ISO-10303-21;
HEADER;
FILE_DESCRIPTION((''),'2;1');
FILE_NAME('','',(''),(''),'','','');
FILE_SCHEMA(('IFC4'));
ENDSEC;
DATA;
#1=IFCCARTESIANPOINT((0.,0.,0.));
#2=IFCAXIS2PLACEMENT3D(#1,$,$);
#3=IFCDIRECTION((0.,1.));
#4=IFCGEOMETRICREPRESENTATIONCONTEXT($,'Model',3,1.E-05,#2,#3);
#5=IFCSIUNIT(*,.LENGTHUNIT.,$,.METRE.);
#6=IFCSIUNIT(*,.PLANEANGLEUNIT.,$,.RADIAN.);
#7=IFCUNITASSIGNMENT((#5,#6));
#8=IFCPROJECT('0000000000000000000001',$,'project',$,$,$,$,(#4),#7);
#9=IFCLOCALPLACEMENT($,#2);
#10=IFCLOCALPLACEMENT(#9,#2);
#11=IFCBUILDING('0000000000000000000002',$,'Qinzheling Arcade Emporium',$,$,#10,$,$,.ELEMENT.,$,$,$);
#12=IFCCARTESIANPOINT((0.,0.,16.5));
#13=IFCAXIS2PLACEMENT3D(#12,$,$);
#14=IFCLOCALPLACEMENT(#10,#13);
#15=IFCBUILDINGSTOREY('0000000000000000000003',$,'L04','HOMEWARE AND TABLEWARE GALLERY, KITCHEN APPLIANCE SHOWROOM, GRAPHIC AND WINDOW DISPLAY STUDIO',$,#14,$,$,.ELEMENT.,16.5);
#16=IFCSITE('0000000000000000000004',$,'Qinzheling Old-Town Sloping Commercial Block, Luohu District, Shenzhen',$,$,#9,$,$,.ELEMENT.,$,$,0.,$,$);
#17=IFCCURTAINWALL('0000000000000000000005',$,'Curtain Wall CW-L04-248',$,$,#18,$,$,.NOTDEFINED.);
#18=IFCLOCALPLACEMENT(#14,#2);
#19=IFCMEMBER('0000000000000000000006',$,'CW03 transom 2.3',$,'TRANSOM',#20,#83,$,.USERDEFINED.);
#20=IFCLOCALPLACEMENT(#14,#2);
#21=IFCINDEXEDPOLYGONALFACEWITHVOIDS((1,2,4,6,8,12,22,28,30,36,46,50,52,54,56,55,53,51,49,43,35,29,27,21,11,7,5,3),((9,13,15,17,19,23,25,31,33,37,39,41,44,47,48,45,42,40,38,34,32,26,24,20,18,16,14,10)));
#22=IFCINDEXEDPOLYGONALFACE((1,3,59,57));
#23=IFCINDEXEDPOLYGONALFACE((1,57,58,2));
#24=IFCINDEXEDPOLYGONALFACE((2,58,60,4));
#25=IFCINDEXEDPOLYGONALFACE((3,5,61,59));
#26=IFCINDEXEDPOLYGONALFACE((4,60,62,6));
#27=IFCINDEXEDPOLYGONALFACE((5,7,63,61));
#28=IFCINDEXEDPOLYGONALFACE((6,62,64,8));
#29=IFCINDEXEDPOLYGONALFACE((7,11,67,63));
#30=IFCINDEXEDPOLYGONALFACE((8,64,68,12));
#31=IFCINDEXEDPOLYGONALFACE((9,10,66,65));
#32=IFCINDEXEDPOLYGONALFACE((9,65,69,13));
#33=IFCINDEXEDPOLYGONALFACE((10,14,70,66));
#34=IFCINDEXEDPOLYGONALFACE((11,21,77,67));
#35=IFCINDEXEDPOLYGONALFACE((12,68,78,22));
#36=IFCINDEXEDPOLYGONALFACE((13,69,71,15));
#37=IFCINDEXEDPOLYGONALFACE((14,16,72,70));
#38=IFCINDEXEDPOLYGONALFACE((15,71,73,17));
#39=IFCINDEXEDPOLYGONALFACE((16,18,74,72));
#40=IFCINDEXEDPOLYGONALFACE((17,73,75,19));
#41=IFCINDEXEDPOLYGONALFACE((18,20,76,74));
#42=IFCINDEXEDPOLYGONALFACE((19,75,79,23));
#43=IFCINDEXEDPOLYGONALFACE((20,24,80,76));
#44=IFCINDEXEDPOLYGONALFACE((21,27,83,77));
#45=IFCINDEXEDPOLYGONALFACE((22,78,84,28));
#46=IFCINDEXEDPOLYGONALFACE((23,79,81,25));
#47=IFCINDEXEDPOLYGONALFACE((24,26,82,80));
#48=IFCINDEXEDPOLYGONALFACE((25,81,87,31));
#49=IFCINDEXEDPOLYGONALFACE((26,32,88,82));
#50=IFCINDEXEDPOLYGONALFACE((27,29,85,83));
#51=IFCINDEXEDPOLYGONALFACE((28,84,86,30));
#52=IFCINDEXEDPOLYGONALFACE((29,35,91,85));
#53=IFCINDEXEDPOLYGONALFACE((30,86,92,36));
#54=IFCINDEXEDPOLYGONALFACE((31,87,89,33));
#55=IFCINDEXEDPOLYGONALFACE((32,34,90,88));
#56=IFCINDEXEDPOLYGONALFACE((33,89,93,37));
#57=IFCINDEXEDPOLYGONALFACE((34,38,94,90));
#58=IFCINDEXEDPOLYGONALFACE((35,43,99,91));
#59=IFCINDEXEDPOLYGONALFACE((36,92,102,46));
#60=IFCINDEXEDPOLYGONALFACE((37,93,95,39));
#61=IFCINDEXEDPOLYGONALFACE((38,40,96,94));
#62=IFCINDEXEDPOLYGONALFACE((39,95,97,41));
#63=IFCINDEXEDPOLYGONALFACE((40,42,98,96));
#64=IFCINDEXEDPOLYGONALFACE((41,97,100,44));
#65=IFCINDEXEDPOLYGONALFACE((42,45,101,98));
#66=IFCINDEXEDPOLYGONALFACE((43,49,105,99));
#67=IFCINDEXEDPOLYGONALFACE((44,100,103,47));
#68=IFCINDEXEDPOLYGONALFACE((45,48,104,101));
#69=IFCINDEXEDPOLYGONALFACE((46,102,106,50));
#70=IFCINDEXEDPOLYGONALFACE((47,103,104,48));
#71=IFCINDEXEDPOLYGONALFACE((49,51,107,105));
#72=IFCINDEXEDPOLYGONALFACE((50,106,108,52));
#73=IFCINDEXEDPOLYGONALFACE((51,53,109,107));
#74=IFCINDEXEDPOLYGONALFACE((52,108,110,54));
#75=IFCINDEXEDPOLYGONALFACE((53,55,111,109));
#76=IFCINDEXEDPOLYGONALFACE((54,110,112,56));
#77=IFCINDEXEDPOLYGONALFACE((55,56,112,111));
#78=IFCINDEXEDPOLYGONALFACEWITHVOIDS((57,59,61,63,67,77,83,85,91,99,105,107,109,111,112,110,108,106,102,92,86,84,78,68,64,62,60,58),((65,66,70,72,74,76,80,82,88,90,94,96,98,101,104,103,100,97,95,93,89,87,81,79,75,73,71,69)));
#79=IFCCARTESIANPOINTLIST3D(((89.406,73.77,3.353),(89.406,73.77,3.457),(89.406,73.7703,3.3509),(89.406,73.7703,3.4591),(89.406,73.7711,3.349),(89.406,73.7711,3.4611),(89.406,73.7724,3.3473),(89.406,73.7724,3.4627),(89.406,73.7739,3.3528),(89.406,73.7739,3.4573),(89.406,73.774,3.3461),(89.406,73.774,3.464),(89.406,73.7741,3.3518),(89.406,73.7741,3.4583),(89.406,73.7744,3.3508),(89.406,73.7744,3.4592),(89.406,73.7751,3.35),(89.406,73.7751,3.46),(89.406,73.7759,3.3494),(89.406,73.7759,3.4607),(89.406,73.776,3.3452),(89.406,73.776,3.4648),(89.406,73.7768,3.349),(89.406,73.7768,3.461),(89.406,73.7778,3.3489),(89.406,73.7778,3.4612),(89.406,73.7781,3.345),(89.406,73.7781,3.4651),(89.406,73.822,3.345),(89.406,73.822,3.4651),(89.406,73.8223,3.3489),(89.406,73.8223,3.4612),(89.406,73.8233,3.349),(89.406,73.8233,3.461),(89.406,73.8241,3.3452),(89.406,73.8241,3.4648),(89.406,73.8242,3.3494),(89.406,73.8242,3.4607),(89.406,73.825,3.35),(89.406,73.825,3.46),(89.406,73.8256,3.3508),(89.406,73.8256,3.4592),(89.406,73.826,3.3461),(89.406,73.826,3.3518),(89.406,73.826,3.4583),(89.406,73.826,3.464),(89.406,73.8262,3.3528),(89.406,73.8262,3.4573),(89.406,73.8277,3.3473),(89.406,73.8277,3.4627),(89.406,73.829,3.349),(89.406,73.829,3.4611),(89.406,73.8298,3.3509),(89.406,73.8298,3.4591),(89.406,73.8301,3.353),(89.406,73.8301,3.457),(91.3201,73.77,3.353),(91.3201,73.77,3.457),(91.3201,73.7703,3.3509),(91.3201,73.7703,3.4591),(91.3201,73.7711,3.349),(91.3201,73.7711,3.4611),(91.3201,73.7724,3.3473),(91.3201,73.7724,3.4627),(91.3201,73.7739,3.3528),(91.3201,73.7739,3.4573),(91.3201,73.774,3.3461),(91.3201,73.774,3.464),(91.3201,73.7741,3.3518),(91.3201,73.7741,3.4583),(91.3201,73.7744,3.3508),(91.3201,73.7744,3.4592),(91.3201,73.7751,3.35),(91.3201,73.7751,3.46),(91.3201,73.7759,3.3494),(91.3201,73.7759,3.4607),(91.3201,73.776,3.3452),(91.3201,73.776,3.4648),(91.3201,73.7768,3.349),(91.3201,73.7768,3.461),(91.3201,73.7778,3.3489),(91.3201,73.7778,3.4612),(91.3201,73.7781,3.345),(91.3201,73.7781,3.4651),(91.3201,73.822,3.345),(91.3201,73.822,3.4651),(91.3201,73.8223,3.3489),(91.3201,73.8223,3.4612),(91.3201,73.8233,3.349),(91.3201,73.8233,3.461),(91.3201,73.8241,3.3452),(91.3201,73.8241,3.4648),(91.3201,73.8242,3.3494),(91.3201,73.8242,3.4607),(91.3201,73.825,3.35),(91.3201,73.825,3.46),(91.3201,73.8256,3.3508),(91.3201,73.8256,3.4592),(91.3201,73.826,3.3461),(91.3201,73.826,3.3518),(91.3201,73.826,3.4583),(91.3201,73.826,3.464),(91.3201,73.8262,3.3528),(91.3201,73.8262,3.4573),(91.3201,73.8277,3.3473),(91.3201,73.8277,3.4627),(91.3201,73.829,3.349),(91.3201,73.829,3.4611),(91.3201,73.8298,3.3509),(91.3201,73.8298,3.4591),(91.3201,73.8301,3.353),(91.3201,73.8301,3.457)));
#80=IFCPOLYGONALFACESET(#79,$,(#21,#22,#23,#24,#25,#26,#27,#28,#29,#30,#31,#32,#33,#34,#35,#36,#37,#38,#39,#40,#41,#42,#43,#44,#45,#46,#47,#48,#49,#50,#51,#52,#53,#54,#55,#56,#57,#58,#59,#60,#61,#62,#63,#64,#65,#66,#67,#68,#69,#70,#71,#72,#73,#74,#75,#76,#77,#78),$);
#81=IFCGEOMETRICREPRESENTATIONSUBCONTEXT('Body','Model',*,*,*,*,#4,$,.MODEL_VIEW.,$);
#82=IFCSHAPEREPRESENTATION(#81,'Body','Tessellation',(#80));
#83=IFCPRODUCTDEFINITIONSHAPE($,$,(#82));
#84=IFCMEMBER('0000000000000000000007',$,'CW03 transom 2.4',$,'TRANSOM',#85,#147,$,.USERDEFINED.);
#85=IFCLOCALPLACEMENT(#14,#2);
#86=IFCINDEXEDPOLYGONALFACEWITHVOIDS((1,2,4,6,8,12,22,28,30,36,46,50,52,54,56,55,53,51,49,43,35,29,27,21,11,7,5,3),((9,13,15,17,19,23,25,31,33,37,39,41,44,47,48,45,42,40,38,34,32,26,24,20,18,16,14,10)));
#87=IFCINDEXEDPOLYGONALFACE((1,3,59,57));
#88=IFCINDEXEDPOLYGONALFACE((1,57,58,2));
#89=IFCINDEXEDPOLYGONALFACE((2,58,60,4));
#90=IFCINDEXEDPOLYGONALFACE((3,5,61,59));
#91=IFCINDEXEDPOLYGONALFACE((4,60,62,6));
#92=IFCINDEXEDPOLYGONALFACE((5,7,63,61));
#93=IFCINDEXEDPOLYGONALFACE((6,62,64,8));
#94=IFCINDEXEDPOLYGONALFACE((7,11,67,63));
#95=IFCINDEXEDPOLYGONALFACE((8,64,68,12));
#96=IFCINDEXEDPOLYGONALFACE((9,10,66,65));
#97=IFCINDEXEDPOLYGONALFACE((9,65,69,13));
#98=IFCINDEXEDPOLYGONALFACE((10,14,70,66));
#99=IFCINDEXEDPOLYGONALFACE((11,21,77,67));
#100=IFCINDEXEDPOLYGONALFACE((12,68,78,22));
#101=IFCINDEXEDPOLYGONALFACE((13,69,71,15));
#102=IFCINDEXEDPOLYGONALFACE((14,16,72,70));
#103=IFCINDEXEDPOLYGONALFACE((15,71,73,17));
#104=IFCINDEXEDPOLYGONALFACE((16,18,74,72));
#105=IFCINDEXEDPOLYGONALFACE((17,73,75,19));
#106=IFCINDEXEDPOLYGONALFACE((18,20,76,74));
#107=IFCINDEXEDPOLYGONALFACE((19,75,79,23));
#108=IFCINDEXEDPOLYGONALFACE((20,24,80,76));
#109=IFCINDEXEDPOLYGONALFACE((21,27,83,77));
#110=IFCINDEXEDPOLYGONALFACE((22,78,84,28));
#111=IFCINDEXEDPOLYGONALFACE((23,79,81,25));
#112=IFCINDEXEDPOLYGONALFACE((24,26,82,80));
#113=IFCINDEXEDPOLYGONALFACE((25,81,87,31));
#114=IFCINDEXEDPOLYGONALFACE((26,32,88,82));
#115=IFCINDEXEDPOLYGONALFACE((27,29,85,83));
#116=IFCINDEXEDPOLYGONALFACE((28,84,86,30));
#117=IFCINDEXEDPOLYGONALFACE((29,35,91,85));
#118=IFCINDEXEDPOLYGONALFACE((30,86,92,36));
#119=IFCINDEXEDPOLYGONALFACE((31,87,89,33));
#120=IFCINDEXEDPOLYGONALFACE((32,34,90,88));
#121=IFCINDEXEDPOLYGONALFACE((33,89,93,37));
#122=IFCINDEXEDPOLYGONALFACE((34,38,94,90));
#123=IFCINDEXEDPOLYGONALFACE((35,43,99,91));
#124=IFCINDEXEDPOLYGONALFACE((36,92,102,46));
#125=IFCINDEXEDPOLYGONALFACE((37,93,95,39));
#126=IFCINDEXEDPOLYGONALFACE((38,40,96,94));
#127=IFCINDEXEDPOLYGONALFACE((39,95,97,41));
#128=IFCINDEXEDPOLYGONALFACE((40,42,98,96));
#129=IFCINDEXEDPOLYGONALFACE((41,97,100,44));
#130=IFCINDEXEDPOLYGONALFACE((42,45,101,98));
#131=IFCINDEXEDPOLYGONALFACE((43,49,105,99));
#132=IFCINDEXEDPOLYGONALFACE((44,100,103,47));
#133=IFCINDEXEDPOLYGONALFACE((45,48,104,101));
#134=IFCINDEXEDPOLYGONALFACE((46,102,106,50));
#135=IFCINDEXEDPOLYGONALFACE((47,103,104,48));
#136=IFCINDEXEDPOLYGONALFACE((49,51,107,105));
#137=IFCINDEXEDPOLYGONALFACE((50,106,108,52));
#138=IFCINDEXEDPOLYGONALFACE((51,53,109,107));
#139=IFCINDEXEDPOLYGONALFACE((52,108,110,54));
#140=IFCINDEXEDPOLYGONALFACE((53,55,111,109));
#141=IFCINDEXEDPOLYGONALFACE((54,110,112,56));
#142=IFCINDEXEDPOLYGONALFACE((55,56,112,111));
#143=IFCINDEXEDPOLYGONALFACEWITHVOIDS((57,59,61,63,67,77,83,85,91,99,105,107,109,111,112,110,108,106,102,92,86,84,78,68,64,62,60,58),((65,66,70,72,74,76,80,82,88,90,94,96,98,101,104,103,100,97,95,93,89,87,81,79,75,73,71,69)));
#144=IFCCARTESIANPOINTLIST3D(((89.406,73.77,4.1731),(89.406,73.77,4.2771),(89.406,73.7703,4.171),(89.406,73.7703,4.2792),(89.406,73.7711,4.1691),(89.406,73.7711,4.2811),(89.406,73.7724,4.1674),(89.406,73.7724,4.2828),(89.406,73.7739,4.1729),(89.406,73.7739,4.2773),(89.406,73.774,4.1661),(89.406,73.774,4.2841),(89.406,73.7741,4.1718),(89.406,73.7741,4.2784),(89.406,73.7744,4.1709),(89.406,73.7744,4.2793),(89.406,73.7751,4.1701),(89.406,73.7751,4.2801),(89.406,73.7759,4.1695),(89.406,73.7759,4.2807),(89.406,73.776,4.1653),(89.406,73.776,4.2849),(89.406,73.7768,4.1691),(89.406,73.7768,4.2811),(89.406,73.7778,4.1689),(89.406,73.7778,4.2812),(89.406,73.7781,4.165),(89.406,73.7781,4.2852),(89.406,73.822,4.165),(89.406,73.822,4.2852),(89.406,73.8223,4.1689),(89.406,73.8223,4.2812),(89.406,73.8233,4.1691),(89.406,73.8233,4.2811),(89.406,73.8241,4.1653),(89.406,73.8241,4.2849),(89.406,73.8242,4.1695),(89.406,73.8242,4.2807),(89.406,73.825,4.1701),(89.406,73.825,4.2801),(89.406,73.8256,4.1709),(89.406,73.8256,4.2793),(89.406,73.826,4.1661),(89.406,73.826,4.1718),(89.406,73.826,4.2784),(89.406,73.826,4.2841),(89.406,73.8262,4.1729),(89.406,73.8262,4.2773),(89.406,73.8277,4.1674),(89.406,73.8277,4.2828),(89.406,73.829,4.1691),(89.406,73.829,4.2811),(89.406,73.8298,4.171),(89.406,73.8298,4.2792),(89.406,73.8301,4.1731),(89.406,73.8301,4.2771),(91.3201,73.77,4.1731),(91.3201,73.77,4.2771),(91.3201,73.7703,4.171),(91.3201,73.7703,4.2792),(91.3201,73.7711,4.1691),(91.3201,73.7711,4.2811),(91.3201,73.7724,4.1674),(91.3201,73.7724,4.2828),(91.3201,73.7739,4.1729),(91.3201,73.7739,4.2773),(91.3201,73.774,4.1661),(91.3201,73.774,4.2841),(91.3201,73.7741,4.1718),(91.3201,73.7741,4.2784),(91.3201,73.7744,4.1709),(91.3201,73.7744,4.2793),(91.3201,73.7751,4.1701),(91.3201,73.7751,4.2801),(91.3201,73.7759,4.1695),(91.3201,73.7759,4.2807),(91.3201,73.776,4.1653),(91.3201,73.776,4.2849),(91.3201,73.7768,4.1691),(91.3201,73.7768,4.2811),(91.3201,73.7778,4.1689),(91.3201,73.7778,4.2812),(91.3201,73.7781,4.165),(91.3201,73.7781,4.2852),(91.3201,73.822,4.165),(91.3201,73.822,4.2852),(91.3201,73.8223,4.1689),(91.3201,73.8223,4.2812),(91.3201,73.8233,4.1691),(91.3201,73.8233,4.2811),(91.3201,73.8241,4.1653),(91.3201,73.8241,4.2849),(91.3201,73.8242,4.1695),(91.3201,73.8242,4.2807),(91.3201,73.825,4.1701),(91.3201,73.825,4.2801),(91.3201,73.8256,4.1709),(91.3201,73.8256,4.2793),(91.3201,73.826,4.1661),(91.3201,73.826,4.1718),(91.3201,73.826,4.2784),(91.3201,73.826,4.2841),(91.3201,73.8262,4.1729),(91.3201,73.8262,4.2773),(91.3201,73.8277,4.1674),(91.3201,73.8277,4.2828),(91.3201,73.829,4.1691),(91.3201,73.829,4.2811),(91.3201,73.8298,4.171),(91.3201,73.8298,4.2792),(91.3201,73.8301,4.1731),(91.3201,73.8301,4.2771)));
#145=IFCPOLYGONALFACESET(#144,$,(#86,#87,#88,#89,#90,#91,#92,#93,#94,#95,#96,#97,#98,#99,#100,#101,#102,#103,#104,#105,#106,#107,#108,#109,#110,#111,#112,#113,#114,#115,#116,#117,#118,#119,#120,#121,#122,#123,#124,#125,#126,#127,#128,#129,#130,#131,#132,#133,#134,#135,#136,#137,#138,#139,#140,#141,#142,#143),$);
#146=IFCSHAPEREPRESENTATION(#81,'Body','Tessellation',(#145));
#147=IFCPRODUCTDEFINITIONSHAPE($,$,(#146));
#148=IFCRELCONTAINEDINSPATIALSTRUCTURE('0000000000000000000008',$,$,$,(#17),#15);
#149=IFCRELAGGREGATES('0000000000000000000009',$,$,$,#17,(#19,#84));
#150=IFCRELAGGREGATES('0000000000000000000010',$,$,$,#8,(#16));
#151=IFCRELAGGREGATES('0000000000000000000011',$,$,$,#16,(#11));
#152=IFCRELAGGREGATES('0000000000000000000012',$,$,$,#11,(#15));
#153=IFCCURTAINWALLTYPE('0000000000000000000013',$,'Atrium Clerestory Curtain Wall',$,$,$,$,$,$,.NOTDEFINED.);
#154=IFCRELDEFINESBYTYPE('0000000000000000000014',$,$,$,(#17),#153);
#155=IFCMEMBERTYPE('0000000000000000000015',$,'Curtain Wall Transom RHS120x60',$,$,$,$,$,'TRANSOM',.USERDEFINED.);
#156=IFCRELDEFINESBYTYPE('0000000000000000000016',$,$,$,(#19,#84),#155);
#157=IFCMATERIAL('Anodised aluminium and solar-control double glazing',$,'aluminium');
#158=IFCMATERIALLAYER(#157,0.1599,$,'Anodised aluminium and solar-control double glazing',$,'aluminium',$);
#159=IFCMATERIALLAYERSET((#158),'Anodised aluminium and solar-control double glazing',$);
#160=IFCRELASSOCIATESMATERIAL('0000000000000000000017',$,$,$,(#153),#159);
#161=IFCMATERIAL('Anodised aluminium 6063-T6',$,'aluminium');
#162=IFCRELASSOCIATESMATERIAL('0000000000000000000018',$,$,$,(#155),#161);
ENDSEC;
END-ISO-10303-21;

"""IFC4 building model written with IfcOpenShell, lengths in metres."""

from ifc_helpers import new_model, si_unit, direction, frame, origin, origin_2d, place, context, subcontext, project, spatial, hollow_rectangle, extrude, material, layer, layer_set, material_profile, profile_set, type_object, element, aggregate, save


model = new_model("IFC4")

# Units and contexts
model_context = context("Model", 3, precision=1e-05, world=origin(), true_north=direction((0.0, 1.0)))
body_context = subcontext(model_context, "Body", "Model", "MODEL_VIEW")
ifc_project = project(units=[si_unit("LENGTHUNIT", "METRE"), si_unit("PLANEANGLEUNIT", "RADIAN")], contexts=[model_context])

# Site, building, storey
site_placement = place(None, origin())
site = spatial("IfcSite", under=ifc_project, at=site_placement, Name="Qinzheling Old-Town Sloping Commercial Block, Luohu District, Shenzhen", CompositionType="ELEMENT", RefElevation=0.0)
building_placement = place(site_placement, origin())
building = spatial("IfcBuilding", under=site, at=building_placement, Name="Qinzheling Arcade Emporium", CompositionType="ELEMENT")
storey_placement = place(building_placement, frame((0.0, 0.0, 16.5)))
storey = spatial("IfcBuildingStorey", under=building, at=storey_placement, Name="L04", Description="HOMEWARE AND TABLEWARE GALLERY, KITCHEN APPLIANCE SHOWROOM, GRAPHIC AND WINDOW DISPLAY STUDIO", CompositionType="ELEMENT", Elevation=16.5)

# Curtain wall, members
ifc_material_1 = material(Name="Anodised aluminium and solar-control double glazing", Category="aluminium")
ifc_layer_1 = layer(ifc_material_1, 0.1599, Name="Anodised aluminium and solar-control double glazing", Category="aluminium")
ifc_layer_set_1 = layer_set([ifc_layer_1], Name="Anodised aluminium and solar-control double glazing")
curtain_wall_type = type_object("IfcCurtainWallType", Name="Atrium Clerestory Curtain Wall", PredefinedType="NOTDEFINED", material=ifc_layer_set_1)
curtain_wall_placement = place(storey_placement, origin())
curtain_wall = element("IfcCurtainWall", 1, at=curtain_wall_placement, inside=storey, type_object=curtain_wall_type, Name="Curtain Wall CW-L04-248", PredefinedType="NOTDEFINED")
ifc_material_2 = material(Name="Anodised aluminium 6063-T6", Category="aluminium")
ifc_material_profile_1 = material_profile(ifc_material_2, hollow_rectangle(XDim=0.0601, YDim=0.1201, WallThickness=0.0039, InnerFilletRadius=0.0039, OuterFilletRadius=0.0081, at=origin_2d()), Name="RHS 120x60x4", Category="aluminium")
ifc_profile_set_1 = profile_set([ifc_material_profile_1], Name="Anodised aluminium 6063-T6")
member_type_1 = type_object("IfcMemberType", Name="Curtain Wall Transom RHS120x60", ElementType="TRANSOM", PredefinedType="USERDEFINED", material=ifc_profile_set_1)
member_1_placement = place(storey_placement, frame((89.406, 73.8, 3.405), z_axis=(1.0, 0.0, 0.0), x_axis=(0.0, 1.0, 0.0)))
member_1 = element("IfcMember", 2, at=member_1_placement, type_object=member_type_1, Name="CW03 transom 2.3", ObjectType="TRANSOM", PredefinedType="USERDEFINED", context=body_context, shape_type="SweptSolid", body=[
    extrude(hollow_rectangle(XDim=0.0601, YDim=0.1201, WallThickness=0.0039, InnerFilletRadius=0.0039, OuterFilletRadius=0.0081, at=origin_2d()), origin(), (0.0, 0.0, 1.0), 1.9141),
])
member_2_placement = place(storey_placement, frame((89.406, 73.8, 4.2251), z_axis=(1.0, 0.0, 0.0), x_axis=(0.0, 1.0, 0.0)))
member_2 = element("IfcMember", 3, at=member_2_placement, type_object=member_type_1, Name="CW03 transom 2.4", ObjectType="TRANSOM", PredefinedType="USERDEFINED", context=body_context, shape_type="SweptSolid", body=[
    extrude(hollow_rectangle(XDim=0.0601, YDim=0.1201, WallThickness=0.0039, InnerFilletRadius=0.0039, OuterFilletRadius=0.0081, at=origin_2d()), origin(), (0.0, 0.0, 1.0), 1.9141),
])
aggregate(curtain_wall, [member_1, member_2])

save(model, "model.ifc")
